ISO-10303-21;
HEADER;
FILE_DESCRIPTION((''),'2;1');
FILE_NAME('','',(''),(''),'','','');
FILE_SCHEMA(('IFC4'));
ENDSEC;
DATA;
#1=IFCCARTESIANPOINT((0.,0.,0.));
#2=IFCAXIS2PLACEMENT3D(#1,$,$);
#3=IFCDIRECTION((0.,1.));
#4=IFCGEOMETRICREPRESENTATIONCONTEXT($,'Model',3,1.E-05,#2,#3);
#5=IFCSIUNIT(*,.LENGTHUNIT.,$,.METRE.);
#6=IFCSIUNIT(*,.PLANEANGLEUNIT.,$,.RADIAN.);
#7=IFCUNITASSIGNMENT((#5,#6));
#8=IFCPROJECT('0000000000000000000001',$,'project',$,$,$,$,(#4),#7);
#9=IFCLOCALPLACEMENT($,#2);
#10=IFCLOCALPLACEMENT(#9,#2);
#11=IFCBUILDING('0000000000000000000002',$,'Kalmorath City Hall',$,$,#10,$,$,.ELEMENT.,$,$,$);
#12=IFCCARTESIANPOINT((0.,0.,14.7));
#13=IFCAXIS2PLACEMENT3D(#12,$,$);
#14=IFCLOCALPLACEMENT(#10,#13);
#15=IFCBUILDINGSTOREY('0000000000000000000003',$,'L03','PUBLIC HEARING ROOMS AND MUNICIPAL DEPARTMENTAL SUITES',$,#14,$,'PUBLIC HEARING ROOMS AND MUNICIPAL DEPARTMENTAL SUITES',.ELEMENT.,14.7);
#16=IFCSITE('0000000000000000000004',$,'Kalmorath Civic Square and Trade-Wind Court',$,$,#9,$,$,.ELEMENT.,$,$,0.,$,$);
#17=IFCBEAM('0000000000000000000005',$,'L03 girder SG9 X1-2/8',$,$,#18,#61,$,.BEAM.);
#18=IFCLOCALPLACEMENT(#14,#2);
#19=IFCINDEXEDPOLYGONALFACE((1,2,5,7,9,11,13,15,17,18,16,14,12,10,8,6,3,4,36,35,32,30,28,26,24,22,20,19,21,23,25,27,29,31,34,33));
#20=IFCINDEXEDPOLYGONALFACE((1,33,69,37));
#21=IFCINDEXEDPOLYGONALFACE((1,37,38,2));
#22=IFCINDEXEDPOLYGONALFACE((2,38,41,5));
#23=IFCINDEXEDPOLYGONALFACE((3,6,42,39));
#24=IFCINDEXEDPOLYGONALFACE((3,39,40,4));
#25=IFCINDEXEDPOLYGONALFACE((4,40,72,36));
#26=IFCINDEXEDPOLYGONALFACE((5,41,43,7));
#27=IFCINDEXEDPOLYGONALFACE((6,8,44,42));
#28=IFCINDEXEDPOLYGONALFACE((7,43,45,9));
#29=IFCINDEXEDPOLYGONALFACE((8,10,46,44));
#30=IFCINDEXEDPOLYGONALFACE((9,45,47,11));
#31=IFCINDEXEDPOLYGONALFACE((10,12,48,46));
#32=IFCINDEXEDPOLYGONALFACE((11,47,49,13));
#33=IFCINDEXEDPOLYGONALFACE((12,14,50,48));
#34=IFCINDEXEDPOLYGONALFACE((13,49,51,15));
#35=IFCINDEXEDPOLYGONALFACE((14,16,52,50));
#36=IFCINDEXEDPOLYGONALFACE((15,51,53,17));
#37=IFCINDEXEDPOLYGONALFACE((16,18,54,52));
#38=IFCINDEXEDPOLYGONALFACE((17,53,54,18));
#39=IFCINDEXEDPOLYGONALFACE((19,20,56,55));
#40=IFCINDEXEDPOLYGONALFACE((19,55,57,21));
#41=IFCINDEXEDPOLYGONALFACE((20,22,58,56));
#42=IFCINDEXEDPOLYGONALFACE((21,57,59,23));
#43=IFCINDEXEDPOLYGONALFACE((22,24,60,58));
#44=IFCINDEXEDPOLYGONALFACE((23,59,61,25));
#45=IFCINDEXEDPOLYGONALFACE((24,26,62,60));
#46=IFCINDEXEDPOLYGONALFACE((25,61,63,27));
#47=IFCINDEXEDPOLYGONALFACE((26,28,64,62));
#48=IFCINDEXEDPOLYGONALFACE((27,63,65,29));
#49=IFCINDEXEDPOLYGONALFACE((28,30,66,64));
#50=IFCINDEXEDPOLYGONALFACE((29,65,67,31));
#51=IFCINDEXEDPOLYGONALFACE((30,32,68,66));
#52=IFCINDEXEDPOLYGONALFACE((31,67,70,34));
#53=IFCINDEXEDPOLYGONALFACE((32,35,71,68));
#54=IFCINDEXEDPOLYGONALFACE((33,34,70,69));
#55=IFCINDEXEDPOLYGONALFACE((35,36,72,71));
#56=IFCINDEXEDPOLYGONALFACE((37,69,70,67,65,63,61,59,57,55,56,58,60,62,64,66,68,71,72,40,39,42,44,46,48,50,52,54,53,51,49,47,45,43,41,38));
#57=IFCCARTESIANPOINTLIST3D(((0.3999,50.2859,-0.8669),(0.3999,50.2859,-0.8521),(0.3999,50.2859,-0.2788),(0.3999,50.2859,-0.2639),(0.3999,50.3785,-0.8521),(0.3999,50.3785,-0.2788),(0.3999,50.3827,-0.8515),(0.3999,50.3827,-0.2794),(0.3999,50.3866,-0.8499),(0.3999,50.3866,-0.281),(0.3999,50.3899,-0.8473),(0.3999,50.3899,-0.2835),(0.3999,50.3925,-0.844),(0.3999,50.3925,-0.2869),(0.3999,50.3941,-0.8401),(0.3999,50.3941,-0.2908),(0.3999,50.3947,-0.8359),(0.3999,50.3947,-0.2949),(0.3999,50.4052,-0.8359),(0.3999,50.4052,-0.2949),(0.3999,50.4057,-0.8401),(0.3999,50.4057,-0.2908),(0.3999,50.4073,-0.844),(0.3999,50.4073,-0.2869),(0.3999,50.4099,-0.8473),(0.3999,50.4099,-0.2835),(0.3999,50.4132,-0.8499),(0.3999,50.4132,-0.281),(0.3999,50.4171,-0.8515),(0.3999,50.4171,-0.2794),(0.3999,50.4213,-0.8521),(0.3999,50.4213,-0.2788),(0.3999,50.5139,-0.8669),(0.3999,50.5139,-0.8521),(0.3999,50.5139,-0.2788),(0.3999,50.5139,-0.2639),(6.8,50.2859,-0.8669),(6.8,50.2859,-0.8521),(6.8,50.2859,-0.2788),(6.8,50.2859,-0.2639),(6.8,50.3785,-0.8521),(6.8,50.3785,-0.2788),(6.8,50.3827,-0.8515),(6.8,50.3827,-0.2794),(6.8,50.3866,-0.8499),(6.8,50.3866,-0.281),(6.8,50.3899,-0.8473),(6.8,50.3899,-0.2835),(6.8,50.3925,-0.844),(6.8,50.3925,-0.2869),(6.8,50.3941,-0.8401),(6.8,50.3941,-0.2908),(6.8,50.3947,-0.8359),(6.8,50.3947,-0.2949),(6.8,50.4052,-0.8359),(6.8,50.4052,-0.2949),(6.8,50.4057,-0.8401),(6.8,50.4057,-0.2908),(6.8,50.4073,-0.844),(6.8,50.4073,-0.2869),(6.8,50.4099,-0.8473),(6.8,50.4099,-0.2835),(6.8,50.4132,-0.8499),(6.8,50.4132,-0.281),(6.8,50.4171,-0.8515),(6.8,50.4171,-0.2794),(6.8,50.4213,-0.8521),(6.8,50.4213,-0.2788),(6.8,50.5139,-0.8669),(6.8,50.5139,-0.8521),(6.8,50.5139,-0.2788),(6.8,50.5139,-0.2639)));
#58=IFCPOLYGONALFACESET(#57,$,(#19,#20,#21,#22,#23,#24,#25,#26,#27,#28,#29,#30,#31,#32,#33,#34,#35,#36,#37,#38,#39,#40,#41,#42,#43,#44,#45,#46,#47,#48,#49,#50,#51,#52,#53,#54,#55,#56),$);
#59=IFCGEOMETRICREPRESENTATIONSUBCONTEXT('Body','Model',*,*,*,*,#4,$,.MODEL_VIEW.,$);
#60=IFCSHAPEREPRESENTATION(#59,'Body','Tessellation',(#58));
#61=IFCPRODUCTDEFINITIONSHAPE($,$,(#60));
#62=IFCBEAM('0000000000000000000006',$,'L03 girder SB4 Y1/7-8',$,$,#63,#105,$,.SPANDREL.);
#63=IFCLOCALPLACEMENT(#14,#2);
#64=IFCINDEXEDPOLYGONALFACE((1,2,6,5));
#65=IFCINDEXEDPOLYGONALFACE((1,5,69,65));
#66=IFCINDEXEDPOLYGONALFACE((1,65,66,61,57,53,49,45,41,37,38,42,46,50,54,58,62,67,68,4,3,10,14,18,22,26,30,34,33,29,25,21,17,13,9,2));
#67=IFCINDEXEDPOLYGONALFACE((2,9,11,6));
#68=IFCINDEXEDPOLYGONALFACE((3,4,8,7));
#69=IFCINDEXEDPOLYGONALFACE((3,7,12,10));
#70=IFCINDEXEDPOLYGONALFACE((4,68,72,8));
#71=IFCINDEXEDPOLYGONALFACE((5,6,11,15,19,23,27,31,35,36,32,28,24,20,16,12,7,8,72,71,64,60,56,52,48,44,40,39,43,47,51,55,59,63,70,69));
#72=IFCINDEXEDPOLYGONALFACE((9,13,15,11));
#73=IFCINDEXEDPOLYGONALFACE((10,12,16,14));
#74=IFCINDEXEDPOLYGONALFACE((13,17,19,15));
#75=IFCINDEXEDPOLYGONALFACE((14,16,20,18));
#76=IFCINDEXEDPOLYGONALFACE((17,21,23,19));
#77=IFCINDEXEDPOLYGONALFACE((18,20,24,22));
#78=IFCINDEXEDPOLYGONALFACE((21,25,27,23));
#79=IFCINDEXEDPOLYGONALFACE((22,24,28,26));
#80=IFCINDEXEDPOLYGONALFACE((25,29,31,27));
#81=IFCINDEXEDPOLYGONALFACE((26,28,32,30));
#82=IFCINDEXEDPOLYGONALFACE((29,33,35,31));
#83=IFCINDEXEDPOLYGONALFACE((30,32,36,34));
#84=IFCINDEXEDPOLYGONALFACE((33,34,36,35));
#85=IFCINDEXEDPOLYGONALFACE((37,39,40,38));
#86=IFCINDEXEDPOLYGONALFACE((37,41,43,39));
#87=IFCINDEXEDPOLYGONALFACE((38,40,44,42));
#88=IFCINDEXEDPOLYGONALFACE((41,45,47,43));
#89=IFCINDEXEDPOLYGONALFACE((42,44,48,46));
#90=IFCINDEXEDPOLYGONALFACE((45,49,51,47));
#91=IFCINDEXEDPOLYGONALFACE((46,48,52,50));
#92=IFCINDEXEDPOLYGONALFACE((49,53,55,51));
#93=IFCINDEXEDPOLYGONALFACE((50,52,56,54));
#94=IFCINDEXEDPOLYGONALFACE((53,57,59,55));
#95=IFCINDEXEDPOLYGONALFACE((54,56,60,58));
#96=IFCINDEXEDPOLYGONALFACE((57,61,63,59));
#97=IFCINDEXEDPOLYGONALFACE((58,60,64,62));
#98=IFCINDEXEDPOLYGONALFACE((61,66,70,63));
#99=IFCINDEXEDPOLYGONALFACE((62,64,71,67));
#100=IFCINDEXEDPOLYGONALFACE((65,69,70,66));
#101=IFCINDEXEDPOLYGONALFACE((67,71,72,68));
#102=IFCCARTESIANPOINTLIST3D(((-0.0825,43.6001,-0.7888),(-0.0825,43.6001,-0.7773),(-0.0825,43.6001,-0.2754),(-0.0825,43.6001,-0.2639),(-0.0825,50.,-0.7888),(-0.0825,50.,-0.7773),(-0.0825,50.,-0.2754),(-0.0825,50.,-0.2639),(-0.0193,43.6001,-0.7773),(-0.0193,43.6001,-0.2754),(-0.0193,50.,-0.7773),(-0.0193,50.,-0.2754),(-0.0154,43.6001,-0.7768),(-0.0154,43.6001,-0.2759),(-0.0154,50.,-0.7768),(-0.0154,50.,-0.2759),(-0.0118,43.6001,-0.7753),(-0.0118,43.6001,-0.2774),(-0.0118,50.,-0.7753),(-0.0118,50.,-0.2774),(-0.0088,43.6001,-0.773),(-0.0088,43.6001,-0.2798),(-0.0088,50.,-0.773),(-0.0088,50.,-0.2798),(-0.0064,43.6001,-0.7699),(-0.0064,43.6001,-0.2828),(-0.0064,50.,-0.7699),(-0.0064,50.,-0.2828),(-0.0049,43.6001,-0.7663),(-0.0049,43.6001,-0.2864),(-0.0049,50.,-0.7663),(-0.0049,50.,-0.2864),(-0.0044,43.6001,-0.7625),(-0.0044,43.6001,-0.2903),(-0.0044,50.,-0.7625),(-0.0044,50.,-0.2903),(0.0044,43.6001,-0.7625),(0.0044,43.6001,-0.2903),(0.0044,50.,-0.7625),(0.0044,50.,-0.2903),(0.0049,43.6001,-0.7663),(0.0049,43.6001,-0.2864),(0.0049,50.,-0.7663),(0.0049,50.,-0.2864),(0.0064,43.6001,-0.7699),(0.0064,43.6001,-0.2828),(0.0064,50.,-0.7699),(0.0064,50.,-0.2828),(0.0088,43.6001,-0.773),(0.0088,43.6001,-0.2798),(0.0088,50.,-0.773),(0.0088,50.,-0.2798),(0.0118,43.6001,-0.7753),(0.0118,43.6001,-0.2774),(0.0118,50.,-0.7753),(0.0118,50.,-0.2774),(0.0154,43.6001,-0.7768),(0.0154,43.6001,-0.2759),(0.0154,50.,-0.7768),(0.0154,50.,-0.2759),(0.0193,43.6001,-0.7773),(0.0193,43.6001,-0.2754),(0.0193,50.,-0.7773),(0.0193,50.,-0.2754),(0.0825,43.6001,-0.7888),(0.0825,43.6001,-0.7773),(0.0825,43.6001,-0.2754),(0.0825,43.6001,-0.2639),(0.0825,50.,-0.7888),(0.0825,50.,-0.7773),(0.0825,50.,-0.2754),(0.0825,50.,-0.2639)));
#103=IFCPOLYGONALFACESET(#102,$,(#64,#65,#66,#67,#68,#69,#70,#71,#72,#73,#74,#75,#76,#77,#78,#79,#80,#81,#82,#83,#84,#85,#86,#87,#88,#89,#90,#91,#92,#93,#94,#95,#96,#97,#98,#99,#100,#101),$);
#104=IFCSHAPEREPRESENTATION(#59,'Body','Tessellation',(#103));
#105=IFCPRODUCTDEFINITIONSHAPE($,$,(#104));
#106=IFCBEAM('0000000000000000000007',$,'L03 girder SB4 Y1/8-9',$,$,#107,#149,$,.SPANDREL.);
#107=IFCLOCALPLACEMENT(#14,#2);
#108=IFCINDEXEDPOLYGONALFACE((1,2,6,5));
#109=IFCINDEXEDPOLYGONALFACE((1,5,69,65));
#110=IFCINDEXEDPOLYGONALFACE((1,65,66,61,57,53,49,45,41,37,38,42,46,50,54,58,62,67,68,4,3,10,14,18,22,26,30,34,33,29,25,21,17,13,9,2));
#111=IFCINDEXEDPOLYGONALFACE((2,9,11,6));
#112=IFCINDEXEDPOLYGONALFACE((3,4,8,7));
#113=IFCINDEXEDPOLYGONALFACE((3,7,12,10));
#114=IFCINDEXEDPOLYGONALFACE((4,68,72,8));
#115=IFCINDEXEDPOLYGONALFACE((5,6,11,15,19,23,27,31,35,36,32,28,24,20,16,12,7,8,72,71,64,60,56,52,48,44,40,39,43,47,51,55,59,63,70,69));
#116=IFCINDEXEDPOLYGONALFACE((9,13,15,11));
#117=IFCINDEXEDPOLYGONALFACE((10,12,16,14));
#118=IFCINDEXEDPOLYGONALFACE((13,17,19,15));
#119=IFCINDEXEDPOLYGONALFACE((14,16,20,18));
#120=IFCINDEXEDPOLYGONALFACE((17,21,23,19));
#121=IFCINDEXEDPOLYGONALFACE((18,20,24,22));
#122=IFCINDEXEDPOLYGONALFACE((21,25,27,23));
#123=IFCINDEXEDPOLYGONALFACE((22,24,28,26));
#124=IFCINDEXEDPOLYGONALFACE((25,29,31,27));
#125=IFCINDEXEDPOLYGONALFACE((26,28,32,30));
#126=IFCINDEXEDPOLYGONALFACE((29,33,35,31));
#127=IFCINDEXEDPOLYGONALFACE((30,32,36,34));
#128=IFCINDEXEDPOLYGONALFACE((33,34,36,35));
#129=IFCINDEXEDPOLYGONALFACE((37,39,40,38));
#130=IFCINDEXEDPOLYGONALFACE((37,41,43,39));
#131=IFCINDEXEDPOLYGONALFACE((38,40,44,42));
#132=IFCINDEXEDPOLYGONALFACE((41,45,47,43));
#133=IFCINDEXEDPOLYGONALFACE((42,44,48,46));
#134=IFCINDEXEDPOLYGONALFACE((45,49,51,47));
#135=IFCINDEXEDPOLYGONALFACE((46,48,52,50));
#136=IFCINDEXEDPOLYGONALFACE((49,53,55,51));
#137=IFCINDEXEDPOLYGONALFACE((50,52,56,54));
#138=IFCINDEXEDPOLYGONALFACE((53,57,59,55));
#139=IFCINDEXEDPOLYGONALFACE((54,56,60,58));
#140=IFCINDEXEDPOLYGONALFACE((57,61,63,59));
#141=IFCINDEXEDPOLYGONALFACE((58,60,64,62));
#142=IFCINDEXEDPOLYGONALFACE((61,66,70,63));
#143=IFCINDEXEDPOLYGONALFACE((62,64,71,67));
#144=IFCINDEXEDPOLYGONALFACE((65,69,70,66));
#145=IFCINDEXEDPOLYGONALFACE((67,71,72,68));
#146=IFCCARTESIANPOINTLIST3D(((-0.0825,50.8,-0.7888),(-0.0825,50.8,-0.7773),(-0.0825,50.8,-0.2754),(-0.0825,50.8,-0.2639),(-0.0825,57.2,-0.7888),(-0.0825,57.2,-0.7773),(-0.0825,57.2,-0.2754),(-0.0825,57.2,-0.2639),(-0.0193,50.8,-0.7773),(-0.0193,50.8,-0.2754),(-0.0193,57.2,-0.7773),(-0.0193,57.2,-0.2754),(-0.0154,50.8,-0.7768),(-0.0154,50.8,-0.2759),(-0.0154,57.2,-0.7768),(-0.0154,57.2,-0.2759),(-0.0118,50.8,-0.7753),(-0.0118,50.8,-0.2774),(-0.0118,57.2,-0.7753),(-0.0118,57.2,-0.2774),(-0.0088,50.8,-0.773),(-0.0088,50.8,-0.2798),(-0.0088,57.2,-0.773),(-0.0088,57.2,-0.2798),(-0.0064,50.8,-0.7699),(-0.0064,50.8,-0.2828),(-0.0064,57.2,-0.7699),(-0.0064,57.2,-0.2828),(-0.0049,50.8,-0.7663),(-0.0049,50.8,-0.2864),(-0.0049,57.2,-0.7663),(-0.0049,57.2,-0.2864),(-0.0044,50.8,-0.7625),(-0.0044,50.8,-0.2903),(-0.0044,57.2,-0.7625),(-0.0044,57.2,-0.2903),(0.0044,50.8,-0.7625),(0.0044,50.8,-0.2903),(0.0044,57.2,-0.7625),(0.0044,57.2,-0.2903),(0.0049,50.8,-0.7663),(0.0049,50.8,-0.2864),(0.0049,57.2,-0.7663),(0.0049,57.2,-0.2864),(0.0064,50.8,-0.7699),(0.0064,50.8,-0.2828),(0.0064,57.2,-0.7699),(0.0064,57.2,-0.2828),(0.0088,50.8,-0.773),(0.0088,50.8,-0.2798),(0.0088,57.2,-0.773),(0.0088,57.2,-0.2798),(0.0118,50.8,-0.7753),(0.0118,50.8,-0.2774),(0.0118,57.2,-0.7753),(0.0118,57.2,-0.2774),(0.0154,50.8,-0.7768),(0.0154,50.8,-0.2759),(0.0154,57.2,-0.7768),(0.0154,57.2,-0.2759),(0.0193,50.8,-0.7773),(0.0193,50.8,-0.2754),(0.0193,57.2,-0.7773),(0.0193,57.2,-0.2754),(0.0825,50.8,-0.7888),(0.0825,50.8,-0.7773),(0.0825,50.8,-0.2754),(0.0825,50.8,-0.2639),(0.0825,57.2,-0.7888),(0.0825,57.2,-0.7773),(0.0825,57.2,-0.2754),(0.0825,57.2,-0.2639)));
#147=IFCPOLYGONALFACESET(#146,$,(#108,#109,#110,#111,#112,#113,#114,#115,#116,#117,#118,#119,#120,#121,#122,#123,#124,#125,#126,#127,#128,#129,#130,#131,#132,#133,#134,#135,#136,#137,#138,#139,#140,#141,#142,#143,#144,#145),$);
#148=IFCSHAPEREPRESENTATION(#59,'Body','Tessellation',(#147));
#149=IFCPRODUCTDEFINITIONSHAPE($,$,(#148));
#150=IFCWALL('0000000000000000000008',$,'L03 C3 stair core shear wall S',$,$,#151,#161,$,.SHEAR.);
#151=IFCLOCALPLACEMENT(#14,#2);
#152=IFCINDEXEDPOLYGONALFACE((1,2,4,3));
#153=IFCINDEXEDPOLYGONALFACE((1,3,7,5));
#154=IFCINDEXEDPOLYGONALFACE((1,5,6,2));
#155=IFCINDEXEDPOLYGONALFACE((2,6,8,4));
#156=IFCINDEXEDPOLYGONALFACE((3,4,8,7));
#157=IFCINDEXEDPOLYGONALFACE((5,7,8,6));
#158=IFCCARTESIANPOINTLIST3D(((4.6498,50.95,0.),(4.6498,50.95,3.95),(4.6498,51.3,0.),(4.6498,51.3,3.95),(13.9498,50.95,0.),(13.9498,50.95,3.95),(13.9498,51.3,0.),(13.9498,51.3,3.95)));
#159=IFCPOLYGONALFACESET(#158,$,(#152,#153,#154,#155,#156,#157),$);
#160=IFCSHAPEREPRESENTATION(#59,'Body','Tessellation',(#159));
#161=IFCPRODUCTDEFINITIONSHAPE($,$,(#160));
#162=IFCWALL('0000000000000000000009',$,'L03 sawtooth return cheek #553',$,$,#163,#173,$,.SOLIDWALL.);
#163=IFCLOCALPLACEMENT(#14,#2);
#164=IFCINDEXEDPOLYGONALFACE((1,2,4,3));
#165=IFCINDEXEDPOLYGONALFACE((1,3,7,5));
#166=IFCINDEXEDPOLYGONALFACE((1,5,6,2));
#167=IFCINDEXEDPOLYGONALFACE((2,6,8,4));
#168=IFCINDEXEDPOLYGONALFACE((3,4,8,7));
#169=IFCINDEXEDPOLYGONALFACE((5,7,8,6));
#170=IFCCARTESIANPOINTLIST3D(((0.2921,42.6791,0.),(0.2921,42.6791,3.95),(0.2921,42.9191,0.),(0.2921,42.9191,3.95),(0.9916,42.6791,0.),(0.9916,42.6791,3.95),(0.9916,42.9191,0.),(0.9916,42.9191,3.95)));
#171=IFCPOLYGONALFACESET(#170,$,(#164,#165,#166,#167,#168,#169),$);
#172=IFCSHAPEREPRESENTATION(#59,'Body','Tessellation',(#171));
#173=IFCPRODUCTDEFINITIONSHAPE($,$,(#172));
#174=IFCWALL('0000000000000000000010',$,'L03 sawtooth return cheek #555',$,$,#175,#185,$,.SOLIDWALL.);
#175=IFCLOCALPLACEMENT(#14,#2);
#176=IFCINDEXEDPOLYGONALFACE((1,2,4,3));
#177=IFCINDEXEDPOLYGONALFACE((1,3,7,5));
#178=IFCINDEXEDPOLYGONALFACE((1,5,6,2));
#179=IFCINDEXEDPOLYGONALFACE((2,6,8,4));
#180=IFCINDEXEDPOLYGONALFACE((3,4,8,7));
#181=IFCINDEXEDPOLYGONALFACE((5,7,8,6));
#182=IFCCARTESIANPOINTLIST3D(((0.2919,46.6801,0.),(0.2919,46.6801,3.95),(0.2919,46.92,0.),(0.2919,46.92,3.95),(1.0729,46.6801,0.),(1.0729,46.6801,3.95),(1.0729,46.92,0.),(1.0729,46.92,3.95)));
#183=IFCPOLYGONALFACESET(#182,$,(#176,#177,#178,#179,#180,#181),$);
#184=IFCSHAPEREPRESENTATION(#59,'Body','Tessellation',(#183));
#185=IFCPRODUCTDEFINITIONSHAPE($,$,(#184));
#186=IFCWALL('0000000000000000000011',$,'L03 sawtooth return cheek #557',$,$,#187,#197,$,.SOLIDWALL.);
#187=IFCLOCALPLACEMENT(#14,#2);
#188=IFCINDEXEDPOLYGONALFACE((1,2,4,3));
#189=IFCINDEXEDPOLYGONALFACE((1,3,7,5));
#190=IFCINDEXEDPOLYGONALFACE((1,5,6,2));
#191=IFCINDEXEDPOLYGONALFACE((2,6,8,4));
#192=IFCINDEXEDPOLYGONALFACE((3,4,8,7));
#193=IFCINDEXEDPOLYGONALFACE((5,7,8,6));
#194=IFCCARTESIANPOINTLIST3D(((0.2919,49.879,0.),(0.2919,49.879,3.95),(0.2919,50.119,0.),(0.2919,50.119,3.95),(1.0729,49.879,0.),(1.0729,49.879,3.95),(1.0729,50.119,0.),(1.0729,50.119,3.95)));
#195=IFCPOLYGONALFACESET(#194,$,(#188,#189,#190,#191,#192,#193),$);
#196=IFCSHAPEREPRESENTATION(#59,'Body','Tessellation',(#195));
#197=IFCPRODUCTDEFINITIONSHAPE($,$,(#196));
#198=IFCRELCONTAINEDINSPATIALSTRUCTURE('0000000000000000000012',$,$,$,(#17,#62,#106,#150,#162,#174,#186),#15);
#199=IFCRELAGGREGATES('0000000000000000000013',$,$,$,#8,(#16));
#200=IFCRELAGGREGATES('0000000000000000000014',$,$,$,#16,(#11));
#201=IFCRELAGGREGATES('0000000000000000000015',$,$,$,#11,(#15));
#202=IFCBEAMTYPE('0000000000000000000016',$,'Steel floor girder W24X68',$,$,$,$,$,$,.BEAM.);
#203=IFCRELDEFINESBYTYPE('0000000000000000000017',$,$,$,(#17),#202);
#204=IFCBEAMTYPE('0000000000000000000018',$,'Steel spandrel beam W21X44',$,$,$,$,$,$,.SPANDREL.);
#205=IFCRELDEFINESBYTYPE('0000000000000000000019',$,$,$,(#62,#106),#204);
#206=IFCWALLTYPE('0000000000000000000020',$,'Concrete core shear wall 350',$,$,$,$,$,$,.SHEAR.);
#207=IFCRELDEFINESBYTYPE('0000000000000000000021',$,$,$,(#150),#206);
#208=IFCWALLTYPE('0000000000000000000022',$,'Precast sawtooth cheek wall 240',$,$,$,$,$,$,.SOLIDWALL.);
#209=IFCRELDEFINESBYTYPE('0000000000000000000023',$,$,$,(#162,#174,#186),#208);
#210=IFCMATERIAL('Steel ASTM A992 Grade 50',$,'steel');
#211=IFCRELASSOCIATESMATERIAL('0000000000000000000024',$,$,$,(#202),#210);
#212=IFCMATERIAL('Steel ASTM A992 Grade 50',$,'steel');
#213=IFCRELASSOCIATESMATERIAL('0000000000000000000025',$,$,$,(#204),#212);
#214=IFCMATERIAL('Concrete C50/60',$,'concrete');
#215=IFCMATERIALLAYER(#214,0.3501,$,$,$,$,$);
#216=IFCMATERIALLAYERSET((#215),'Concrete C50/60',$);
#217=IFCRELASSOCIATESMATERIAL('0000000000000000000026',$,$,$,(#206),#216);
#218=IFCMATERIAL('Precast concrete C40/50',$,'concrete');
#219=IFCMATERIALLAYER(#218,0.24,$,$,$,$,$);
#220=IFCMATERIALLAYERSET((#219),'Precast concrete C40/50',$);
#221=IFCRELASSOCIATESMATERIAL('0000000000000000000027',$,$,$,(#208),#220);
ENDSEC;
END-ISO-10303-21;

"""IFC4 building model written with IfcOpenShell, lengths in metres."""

from ifc_helpers import new_model, si_unit, direction, frame, frame_2d, origin, origin_2d, place, context, subcontext, project, spatial, rectangle, i_section, extrude, material, layer, layer_set, material_profile, profile_set, type_object, element, save


model = new_model("IFC4")

# Units and contexts
model_context = context("Model", 3, precision=1e-05, world=origin(), true_north=direction((0.0, 1.0)))
body_context = subcontext(model_context, "Body", "Model", "MODEL_VIEW")
ifc_project = project(units=[si_unit("LENGTHUNIT", "METRE"), si_unit("PLANEANGLEUNIT", "RADIAN")], contexts=[model_context])

# Site, building, storey
site_placement = place(None, origin())
site = spatial("IfcSite", under=ifc_project, at=site_placement, Name="Kalmorath Civic Square and Trade-Wind Court", CompositionType="ELEMENT", RefElevation=0.0)
building_placement = place(site_placement, origin())
building = spatial("IfcBuilding", under=site, at=building_placement, Name="Kalmorath City Hall", CompositionType="ELEMENT")
storey_placement = place(building_placement, frame((0.0, 0.0, 14.7)))
storey = spatial("IfcBuildingStorey", under=building, at=storey_placement, Name="L03", Description="PUBLIC HEARING ROOMS AND MUNICIPAL DEPARTMENTAL SUITES", LongName="PUBLIC HEARING ROOMS AND MUNICIPAL DEPARTMENTAL SUITES", CompositionType="ELEMENT", Elevation=14.7)

# Beams
ifc_material_1 = material(Name="Steel ASTM A992 Grade 50", Category="steel")
ifc_material_profile_1 = material_profile(ifc_material_1, i_section(OverallWidth=0.228, OverallDepth=0.603, WebThickness=0.0105, FlangeThickness=0.0149, FilletRadius=0.0161, at=origin_2d()), Name="W24X68")
ifc_profile_set_1 = profile_set([ifc_material_profile_1], Name="Steel ASTM A992 Grade 50")
beam_type_1 = type_object("IfcBeamType", Name="Steel floor girder W24X68", PredefinedType="BEAM", material=ifc_profile_set_1)
for number, where, z_axis, x_axis, name in (
    (1, (0.3999, 50.3999, -0.5654), (1.0, 0.0, 0.0), (0.0, 1.0, 0.0), "L03 girder SG9 X1-2/8"),
):
    element("IfcBeam", number, at=place(storey_placement, frame(where, z_axis=z_axis, x_axis=x_axis)), inside=storey, type_object=beam_type_1, Name=name, PredefinedType="BEAM", context=body_context, shape_type="SweptSolid", body=[
        extrude(i_section(OverallWidth=0.228, OverallDepth=0.603, WebThickness=0.0105, FlangeThickness=0.0149, FilletRadius=0.0161, at=origin_2d()), origin(), (0.0, 0.0, 1.0), 6.4001),
    ])
ifc_material_2 = material(Name="Steel ASTM A992 Grade 50", Category="steel")
ifc_material_profile_2 = material_profile(ifc_material_2, i_section(OverallWidth=0.165, OverallDepth=0.5249, WebThickness=0.0088, FlangeThickness=0.0115, FilletRadius=0.0149, at=origin_2d()), Name="W21X44")
ifc_profile_set_2 = profile_set([ifc_material_profile_2], Name="Steel ASTM A992 Grade 50")
beam_type_2 = type_object("IfcBeamType", Name="Steel spandrel beam W21X44", PredefinedType="SPANDREL", material=ifc_profile_set_2)
for number, where, z_axis, x_axis, name in (
    (2, (0.0, 43.6001, -0.5264), (0.0, 1.0, 0.0), (-1.0, 0.0, 0.0), "L03 girder SB4 Y1/7-8"),
    (3, (0.0, 50.8, -0.5264), (0.0, 1.0, 0.0), (-1.0, 0.0, 0.0), "L03 girder SB4 Y1/8-9"),
):
    element("IfcBeam", number, at=place(storey_placement, frame(where, z_axis=z_axis, x_axis=x_axis)), inside=storey, type_object=beam_type_2, Name=name, PredefinedType="SPANDREL", context=body_context, shape_type="SweptSolid", body=[
        extrude(i_section(OverallWidth=0.165, OverallDepth=0.5249, WebThickness=0.0088, FlangeThickness=0.0115, FilletRadius=0.0149, at=origin_2d()), origin(), (0.0, 0.0, 1.0), 6.3999),
    ])

# Walls
ifc_material_3 = material(Name="Concrete C50/60", Category="concrete")
ifc_layer_1 = layer(ifc_material_3, 0.3501)
ifc_layer_set_1 = layer_set([ifc_layer_1], Name="Concrete C50/60")
wall_type_1 = type_object("IfcWallType", Name="Concrete core shear wall 350", PredefinedType="SHEAR", material=ifc_layer_set_1)
wall_1_placement = place(storey_placement, frame((4.6499, 51.125, 0.0), z_axis=(0.0, 0.0, 1.0), x_axis=(1.0, 0.0, 0.0)))
element("IfcWall", 4, at=wall_1_placement, inside=storey, type_object=wall_type_1, Name="L03 C3 stair core shear wall S", PredefinedType="SHEAR", context=body_context, shape_type="SweptSolid", body=[
    extrude(rectangle(XDim=9.3, YDim=0.3501, at=frame_2d((4.6499, 0.0))), origin(), (0.0, 0.0, 1.0), 3.95),
])
ifc_material_4 = material(Name="Precast concrete C40/50", Category="concrete")
ifc_layer_2 = layer(ifc_material_4, 0.24)
ifc_layer_set_2 = layer_set([ifc_layer_2], Name="Precast concrete C40/50")
wall_type_2 = type_object("IfcWallType", Name="Precast sawtooth cheek wall 240", PredefinedType="SOLIDWALL", material=ifc_layer_set_2)
wall_2_placement = place(storey_placement, frame((0.9915, 42.7991, 0.0), z_axis=(0.0, 0.0, 1.0), x_axis=(-1.0, 0.0, 0.0)))
element("IfcWall", 5, at=wall_2_placement, inside=storey, type_object=wall_type_2, Name="L03 sawtooth return cheek #553", PredefinedType="SOLIDWALL", context=body_context, shape_type="SweptSolid", body=[
    extrude(rectangle(XDim=0.6995, YDim=0.24, at=frame_2d((0.3496, 0.0))), origin(), (0.0, 0.0, 1.0), 3.95),
])
for number, where, z_axis, x_axis, name in (
    (6, (1.073, 46.8, 0.0), (0.0, 0.0, 1.0), (-1.0, 0.0, 0.0), "L03 sawtooth return cheek #555"),
    (7, (1.073, 49.999, 0.0), (0.0, 0.0, 1.0), (-1.0, 0.0, 0.0), "L03 sawtooth return cheek #557"),
):
    element("IfcWall", number, at=place(storey_placement, frame(where, z_axis=z_axis, x_axis=x_axis)), inside=storey, type_object=wall_type_2, Name=name, PredefinedType="SOLIDWALL", context=body_context, shape_type="SweptSolid", body=[
        extrude(rectangle(XDim=0.781, YDim=0.24, at=frame_2d((0.3906, 0.0))), origin(), (0.0, 0.0, 1.0), 3.95),
    ])

save(model, "model.ifc")
